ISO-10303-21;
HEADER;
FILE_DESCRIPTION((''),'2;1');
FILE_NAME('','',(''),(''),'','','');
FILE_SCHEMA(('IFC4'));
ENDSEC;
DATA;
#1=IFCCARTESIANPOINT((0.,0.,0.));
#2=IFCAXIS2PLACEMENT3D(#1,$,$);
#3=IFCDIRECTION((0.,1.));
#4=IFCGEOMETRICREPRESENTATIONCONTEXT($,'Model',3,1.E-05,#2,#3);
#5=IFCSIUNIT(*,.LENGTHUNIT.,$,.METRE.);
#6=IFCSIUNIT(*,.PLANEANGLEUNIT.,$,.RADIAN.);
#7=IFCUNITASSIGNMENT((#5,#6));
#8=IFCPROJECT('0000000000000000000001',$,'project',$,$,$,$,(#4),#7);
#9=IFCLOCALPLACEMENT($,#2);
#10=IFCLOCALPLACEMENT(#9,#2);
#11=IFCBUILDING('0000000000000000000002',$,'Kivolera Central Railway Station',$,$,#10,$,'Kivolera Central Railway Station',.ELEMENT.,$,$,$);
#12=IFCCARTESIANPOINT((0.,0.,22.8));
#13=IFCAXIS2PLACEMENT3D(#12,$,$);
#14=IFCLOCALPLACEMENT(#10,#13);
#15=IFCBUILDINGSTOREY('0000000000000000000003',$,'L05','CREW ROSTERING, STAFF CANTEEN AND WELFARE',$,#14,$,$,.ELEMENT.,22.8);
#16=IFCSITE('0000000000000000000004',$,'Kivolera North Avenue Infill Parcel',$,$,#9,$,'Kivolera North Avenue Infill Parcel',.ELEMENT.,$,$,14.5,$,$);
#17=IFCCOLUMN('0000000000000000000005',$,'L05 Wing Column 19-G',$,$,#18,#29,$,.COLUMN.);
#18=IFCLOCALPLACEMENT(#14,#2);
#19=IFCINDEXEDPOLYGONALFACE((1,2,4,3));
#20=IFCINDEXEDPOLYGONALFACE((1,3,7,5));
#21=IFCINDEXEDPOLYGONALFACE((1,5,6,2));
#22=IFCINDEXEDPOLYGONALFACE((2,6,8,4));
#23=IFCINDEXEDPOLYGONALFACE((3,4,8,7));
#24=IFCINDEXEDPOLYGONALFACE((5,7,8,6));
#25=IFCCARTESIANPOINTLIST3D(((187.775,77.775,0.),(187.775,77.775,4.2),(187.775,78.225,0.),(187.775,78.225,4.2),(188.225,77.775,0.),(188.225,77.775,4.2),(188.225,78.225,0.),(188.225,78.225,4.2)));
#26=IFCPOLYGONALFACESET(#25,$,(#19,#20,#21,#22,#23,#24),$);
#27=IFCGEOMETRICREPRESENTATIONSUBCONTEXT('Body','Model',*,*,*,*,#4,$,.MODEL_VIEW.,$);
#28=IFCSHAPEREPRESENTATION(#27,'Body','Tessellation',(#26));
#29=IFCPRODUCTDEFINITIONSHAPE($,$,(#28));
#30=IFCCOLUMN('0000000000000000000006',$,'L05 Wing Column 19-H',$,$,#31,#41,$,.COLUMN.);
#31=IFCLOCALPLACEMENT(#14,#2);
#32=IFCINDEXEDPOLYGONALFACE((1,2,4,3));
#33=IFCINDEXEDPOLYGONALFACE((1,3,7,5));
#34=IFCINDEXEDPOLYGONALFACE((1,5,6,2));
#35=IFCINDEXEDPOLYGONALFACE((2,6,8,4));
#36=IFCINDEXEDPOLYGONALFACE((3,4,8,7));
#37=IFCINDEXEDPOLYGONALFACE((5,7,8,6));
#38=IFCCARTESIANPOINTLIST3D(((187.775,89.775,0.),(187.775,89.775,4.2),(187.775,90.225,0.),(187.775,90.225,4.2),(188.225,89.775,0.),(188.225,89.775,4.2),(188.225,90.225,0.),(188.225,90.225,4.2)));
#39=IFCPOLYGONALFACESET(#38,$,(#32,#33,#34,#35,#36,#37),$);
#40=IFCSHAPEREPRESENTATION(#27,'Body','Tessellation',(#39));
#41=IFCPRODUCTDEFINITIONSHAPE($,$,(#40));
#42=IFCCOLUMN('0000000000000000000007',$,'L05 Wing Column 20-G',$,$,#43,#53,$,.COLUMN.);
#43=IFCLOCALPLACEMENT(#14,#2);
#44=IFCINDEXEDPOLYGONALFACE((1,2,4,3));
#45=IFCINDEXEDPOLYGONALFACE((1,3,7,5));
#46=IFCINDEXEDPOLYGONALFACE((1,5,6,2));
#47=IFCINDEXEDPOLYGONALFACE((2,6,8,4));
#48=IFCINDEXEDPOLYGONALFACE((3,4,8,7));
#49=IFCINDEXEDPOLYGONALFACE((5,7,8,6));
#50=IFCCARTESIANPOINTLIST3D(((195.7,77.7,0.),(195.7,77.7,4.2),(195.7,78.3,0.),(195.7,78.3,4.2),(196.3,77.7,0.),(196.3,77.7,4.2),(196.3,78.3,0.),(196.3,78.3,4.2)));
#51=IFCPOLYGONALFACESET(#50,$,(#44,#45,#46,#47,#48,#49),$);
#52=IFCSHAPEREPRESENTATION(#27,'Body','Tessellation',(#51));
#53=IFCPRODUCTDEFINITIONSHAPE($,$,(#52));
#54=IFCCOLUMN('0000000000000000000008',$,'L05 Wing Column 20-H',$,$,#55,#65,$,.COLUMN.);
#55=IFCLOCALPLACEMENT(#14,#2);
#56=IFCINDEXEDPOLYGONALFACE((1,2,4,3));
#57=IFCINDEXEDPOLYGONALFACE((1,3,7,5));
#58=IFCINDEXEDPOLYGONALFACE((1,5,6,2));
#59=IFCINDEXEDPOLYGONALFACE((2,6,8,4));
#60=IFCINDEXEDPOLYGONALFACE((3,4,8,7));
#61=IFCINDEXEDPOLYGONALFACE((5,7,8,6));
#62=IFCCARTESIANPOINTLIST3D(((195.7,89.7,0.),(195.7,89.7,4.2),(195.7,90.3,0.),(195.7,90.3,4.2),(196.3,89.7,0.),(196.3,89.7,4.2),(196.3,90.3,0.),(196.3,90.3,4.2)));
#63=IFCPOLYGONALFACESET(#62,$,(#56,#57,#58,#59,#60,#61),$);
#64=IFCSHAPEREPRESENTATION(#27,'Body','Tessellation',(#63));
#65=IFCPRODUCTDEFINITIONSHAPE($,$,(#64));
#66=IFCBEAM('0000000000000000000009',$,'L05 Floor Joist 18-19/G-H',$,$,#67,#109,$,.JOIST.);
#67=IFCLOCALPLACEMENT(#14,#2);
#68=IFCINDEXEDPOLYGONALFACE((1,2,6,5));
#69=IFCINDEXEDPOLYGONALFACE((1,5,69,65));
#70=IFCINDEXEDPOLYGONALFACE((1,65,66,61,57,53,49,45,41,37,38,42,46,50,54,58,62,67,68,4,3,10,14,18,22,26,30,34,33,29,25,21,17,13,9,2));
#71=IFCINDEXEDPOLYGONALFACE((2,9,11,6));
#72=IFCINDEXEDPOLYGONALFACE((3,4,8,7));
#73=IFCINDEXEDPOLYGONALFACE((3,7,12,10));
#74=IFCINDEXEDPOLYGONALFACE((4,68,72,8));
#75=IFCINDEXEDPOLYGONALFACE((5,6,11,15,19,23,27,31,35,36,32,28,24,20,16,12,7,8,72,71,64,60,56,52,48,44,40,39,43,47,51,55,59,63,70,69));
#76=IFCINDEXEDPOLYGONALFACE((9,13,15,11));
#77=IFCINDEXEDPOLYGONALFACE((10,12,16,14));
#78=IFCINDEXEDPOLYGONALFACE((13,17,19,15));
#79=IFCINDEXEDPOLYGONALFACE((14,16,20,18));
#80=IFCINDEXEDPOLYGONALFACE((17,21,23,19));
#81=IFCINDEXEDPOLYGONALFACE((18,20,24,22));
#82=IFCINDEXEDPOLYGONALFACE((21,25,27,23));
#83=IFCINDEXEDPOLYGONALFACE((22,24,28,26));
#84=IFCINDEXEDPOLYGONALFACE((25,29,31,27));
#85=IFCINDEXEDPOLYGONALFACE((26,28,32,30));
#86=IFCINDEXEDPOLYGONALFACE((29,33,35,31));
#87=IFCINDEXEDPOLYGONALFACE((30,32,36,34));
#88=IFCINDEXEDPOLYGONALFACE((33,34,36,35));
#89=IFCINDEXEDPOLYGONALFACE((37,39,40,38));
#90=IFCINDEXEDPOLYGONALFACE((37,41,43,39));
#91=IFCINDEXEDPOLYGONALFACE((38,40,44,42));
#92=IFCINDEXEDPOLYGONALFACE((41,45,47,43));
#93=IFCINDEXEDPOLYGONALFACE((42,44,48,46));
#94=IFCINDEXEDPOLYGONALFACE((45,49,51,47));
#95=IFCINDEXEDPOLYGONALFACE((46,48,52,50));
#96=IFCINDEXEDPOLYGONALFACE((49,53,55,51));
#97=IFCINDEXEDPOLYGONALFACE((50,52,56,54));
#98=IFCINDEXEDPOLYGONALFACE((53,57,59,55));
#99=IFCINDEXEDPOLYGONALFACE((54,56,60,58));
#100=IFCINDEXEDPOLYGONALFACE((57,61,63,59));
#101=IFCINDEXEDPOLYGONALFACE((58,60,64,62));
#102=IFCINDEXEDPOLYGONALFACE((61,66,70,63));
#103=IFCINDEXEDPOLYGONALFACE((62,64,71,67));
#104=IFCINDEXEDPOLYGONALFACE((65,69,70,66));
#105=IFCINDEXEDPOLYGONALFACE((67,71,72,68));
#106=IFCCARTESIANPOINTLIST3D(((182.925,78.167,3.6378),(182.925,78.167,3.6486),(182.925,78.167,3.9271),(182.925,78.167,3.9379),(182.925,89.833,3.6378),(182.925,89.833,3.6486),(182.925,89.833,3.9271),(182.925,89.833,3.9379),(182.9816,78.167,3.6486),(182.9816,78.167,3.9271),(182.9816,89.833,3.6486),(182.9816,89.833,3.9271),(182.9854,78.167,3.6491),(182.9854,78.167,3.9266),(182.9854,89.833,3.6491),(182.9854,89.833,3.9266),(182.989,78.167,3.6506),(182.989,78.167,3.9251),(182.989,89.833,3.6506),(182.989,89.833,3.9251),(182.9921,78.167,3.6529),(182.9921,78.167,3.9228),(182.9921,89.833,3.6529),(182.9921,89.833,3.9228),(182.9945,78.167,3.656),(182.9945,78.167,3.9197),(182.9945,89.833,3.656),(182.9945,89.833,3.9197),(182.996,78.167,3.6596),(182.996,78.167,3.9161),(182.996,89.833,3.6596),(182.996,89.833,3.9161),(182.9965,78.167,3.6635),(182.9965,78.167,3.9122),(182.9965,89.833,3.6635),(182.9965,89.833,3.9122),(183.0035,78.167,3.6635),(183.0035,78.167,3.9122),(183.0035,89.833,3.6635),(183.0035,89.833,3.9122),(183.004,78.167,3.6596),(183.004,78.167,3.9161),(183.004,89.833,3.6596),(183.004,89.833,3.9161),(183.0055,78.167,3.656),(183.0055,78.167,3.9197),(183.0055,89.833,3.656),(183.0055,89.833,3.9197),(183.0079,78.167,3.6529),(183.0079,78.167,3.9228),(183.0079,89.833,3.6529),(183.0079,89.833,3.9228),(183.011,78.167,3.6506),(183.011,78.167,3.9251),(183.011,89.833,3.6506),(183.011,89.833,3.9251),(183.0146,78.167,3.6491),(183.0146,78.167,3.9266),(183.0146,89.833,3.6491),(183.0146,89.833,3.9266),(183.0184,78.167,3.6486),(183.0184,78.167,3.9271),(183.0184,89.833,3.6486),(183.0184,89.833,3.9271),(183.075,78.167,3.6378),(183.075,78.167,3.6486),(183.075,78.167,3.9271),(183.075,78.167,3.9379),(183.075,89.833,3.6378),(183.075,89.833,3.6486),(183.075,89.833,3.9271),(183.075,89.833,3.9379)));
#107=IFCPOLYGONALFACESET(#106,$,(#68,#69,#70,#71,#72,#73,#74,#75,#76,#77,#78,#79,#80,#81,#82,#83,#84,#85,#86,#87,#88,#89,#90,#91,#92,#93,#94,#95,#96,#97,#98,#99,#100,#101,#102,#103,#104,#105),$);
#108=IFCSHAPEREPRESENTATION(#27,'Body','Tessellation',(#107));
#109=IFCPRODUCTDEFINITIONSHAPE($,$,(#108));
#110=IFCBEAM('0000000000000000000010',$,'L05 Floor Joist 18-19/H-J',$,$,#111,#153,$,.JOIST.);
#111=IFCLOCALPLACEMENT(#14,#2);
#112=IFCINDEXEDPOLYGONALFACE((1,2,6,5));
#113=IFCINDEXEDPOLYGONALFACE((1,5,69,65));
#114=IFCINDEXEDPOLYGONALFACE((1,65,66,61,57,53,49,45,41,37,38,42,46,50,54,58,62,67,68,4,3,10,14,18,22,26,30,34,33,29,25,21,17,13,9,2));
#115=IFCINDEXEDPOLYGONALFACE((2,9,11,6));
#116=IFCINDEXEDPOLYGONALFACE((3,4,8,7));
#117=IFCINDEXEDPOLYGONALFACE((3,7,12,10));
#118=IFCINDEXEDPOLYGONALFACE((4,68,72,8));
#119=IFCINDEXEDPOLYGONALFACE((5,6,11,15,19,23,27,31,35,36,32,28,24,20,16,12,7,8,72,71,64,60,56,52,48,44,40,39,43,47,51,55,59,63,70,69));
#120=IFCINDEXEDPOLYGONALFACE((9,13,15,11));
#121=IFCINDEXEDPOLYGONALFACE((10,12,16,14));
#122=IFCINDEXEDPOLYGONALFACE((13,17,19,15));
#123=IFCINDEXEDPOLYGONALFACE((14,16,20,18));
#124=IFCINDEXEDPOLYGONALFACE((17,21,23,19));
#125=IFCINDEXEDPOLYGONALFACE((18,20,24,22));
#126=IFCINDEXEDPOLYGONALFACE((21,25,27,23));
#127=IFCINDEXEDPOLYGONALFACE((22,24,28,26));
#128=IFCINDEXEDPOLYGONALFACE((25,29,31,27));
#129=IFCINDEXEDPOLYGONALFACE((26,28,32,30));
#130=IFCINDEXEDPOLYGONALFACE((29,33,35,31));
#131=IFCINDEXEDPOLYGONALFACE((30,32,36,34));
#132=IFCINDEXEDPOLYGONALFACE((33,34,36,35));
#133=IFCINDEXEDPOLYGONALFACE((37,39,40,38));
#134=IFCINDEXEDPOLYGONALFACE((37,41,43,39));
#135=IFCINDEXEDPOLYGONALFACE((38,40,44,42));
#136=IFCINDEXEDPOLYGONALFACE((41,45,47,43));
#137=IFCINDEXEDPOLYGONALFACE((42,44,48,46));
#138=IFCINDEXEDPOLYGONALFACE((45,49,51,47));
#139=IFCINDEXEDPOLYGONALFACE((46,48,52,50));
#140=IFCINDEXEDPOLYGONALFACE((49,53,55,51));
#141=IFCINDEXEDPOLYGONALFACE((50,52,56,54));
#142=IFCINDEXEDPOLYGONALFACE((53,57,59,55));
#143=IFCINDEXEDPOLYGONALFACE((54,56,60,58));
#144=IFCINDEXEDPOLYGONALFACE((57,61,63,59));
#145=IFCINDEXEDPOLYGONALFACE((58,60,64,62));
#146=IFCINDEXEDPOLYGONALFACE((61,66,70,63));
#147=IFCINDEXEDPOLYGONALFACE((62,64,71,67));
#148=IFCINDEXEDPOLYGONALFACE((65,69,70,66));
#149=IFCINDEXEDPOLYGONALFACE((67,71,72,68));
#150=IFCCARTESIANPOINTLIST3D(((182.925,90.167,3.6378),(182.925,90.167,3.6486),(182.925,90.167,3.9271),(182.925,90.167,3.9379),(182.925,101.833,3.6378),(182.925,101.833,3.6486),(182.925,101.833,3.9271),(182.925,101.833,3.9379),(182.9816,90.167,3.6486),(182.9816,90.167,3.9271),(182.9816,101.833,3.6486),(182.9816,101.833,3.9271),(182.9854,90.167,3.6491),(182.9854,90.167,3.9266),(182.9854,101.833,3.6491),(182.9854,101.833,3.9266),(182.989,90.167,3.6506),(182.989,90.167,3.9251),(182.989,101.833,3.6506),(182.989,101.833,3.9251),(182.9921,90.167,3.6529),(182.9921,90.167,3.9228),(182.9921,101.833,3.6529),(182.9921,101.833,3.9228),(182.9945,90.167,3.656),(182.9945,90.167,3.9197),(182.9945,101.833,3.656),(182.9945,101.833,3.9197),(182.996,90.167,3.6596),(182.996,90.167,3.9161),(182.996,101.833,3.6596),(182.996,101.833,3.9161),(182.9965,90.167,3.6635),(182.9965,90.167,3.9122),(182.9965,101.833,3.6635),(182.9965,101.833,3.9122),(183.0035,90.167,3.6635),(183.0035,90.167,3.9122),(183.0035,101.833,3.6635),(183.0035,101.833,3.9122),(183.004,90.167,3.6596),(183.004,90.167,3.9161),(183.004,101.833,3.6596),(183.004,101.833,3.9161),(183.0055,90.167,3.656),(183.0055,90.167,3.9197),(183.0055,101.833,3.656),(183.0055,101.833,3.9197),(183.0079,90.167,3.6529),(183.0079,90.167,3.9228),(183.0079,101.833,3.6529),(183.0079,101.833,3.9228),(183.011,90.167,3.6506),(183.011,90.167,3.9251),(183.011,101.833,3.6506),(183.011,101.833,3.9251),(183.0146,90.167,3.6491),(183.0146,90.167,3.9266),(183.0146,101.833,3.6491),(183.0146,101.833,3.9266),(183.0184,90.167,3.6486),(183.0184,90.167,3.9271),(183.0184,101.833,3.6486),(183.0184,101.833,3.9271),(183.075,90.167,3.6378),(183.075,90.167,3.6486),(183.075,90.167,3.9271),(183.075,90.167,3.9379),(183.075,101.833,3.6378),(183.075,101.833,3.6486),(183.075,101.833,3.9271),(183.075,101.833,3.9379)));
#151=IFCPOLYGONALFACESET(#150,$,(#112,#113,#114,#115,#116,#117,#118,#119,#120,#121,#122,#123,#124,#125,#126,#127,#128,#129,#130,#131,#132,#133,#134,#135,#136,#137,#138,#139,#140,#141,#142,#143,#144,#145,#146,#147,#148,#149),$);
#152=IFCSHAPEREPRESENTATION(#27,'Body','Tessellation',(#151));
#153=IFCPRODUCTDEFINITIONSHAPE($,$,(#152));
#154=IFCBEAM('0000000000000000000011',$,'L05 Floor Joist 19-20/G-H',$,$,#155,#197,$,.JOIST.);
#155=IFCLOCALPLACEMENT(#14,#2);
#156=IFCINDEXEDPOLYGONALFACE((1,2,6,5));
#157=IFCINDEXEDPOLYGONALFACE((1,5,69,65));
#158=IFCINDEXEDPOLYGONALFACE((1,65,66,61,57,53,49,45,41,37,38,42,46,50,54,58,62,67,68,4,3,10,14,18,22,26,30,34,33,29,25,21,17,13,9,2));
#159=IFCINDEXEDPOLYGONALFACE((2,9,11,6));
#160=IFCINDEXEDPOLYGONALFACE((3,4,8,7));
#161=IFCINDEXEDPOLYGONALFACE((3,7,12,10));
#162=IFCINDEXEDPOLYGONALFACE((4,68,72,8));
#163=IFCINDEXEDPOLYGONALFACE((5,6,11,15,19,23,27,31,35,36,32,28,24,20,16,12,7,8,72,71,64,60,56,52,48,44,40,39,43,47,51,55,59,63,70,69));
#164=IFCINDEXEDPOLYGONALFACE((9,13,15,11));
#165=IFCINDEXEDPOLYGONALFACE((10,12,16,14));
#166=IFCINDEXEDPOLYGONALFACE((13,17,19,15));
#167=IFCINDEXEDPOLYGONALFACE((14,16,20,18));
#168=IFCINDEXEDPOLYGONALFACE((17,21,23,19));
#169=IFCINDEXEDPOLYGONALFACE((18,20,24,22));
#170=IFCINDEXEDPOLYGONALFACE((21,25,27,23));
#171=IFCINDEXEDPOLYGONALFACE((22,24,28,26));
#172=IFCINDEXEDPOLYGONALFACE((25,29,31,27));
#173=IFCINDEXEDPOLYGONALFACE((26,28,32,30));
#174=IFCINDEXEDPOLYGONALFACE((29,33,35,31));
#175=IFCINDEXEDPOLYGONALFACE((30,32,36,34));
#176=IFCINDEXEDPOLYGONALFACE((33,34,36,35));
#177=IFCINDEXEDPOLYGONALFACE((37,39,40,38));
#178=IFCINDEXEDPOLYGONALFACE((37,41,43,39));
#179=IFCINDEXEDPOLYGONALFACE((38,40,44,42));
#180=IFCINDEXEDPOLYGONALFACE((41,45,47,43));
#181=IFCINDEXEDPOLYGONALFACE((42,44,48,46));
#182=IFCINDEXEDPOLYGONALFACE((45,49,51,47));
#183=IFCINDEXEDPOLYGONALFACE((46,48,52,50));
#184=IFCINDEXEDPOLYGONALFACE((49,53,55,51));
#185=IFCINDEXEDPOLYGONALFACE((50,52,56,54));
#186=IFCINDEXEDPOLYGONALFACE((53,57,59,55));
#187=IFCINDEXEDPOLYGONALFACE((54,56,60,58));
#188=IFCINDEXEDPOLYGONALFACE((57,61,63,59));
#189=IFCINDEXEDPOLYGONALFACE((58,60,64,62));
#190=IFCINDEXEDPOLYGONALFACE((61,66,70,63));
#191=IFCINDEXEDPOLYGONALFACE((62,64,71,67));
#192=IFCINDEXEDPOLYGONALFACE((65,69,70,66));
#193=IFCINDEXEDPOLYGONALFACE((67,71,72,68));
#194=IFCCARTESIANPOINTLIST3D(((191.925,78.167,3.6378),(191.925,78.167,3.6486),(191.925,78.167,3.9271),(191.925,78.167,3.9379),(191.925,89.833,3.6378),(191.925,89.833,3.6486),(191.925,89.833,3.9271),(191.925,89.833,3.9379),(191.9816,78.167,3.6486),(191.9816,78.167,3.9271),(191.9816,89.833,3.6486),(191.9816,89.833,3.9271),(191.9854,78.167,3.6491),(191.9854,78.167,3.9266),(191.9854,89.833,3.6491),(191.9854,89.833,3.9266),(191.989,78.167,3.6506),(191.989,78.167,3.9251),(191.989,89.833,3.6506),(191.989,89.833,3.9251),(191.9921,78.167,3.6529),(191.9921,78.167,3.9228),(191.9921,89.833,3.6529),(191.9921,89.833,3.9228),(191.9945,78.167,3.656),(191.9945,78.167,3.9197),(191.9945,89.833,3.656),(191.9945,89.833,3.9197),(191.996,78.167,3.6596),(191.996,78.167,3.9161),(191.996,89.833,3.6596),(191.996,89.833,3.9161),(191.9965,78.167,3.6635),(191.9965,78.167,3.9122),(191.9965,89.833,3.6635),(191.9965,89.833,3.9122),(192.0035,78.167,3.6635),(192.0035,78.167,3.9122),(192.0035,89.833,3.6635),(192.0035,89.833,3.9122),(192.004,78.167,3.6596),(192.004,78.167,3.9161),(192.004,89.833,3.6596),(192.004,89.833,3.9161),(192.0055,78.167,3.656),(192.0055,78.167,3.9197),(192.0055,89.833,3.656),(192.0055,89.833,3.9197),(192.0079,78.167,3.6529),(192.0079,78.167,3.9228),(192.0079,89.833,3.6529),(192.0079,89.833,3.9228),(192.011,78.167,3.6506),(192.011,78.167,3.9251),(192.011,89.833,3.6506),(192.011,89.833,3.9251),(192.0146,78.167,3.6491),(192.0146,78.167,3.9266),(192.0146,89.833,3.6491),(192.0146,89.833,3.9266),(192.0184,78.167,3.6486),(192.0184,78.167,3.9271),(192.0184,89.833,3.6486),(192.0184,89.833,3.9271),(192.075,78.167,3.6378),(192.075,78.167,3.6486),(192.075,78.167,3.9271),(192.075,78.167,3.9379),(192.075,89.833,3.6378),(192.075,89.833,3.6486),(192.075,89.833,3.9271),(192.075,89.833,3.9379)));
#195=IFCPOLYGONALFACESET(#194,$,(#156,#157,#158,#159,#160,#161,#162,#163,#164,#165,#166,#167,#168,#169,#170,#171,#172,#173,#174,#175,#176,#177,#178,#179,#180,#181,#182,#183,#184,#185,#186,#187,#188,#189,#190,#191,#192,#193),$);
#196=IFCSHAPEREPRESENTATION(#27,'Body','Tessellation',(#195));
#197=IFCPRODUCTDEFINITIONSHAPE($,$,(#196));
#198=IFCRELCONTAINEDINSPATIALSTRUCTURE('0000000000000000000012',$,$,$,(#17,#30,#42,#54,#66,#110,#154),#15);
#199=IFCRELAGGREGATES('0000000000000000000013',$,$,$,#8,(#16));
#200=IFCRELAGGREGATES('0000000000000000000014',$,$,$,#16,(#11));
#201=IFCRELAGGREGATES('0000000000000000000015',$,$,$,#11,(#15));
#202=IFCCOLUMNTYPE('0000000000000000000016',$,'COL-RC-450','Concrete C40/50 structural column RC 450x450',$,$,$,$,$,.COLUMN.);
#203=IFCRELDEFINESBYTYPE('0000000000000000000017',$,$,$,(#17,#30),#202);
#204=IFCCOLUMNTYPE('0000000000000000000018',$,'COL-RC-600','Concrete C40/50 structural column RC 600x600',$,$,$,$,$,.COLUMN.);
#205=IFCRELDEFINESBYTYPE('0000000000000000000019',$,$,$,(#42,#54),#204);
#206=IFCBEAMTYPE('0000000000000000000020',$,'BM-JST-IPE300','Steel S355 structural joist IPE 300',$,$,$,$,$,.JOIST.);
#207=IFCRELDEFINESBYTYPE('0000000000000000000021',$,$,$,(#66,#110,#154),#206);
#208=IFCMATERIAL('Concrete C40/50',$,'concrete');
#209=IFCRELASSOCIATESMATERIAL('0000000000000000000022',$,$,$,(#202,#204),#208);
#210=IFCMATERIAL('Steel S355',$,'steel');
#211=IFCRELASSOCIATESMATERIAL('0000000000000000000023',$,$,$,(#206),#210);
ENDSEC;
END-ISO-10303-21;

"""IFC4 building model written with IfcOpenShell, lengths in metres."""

from ifc_helpers import new_model, si_unit, direction, frame, origin, origin_2d, place, context, subcontext, project, spatial, rectangle, i_section, extrude, material, material_profile, profile_set, type_object, element, save


model = new_model("IFC4")

# Units and contexts
model_context = context("Model", 3, precision=1e-05, world=origin(), true_north=direction((0.0, 1.0)))
body_context = subcontext(model_context, "Body", "Model", "MODEL_VIEW")
ifc_project = project(units=[si_unit("LENGTHUNIT", "METRE"), si_unit("PLANEANGLEUNIT", "RADIAN")], contexts=[model_context])

# Site, building, storey
site_placement = place(None, origin())
site = spatial("IfcSite", under=ifc_project, at=site_placement, Name="Kivolera North Avenue Infill Parcel", LongName="Kivolera North Avenue Infill Parcel", CompositionType="ELEMENT", RefElevation=14.5)
building_placement = place(site_placement, origin())
building = spatial("IfcBuilding", under=site, at=building_placement, Name="Kivolera Central Railway Station", LongName="Kivolera Central Railway Station", CompositionType="ELEMENT")
storey_placement = place(building_placement, frame((0.0, 0.0, 22.8)))
storey = spatial("IfcBuildingStorey", under=building, at=storey_placement, Name="L05", Description="CREW ROSTERING, STAFF CANTEEN AND WELFARE", CompositionType="ELEMENT", Elevation=22.8)

# Columns
ifc_material_1 = material(Name="Concrete C40/50", Category="concrete")
ifc_material_profile_1 = material_profile(ifc_material_1, rectangle(XDim=0.45, YDim=0.45, at=origin_2d()), Name="RC 450x450")
ifc_profile_set_1 = profile_set([ifc_material_profile_1], Name="Concrete C40/50")
column_type_1 = type_object("IfcColumnType", Name="COL-RC-450", Description="Concrete C40/50 structural column RC 450x450", PredefinedType="COLUMN", material=ifc_profile_set_1)
for number, where, z_axis, x_axis, name in (
    (1, (188.0, 78.0, 0.0), (0.0, 0.0, 1.0), (1.0, 0.0, 0.0), "L05 Wing Column 19-G"),
    (2, (188.0, 90.0, 0.0), (0.0, 0.0, 1.0), (1.0, 0.0, 0.0), "L05 Wing Column 19-H"),
):
    element("IfcColumn", number, at=place(storey_placement, frame(where, z_axis=z_axis, x_axis=x_axis)), inside=storey, type_object=column_type_1, Name=name, PredefinedType="COLUMN", context=body_context, shape_type="SweptSolid", body=[
        extrude(rectangle(XDim=0.45, YDim=0.45, at=origin_2d()), origin(), (0.0, 0.0, 1.0), 4.2),
    ])
ifc_material_profile_2 = material_profile(ifc_material_1, rectangle(XDim=0.6001, YDim=0.6001, at=origin_2d()), Name="RC 600x600")
ifc_profile_set_2 = profile_set([ifc_material_profile_2], Name="Concrete C40/50")
column_type_2 = type_object("IfcColumnType", Name="COL-RC-600", Description="Concrete C40/50 structural column RC 600x600", PredefinedType="COLUMN", material=ifc_profile_set_2)
for number, where, z_axis, x_axis, name in (
    (3, (196.0, 78.0, 0.0), (0.0, 0.0, 1.0), (1.0, 0.0, 0.0), "L05 Wing Column 20-G"),
    (4, (196.0, 90.0, 0.0), (0.0, 0.0, 1.0), (1.0, 0.0, 0.0), "L05 Wing Column 20-H"),
):
    element("IfcColumn", number, at=place(storey_placement, frame(where, z_axis=z_axis, x_axis=x_axis)), inside=storey, type_object=column_type_2, Name=name, PredefinedType="COLUMN", context=body_context, shape_type="SweptSolid", body=[
        extrude(rectangle(XDim=0.6001, YDim=0.6001, at=origin_2d()), origin(), (0.0, 0.0, 1.0), 4.2),
    ])

# Beams
ifc_material_2 = material(Name="Steel S355", Category="steel")
ifc_material_profile_3 = material_profile(ifc_material_2, i_section(OverallWidth=0.1499, OverallDepth=0.3, WebThickness=0.0071, FlangeThickness=0.0107, FilletRadius=0.0149, at=origin_2d()), Name="IPE 300")
ifc_profile_set_3 = profile_set([ifc_material_profile_3], Name="Steel S355")
beam_type_1 = type_object("IfcBeamType", Name="BM-JST-IPE300", Description="Steel S355 structural joist IPE 300", PredefinedType="JOIST", material=ifc_profile_set_3)
for number, where, z_axis, x_axis, name in (
    (5, (183.0, 78.167, 3.7878), (0.0, 1.0, 0.0), (-1.0, 0.0, 0.0), "L05 Floor Joist 18-19/G-H"),
    (6, (183.0, 90.167, 3.7878), (0.0, 1.0, 0.0), (-1.0, 0.0, 0.0), "L05 Floor Joist 18-19/H-J"),
    (7, (192.0, 78.167, 3.7878), (0.0, 1.0, 0.0), (-1.0, 0.0, 0.0), "L05 Floor Joist 19-20/G-H"),
):
    element("IfcBeam", number, at=place(storey_placement, frame(where, z_axis=z_axis, x_axis=x_axis)), inside=storey, type_object=beam_type_1, Name=name, PredefinedType="JOIST", context=body_context, shape_type="SweptSolid", body=[
        extrude(i_section(OverallWidth=0.1499, OverallDepth=0.3, WebThickness=0.0071, FlangeThickness=0.0107, FilletRadius=0.0149, at=origin_2d()), origin(), (0.0, 0.0, 1.0), 11.666),
    ])

save(model, "model.ifc")
